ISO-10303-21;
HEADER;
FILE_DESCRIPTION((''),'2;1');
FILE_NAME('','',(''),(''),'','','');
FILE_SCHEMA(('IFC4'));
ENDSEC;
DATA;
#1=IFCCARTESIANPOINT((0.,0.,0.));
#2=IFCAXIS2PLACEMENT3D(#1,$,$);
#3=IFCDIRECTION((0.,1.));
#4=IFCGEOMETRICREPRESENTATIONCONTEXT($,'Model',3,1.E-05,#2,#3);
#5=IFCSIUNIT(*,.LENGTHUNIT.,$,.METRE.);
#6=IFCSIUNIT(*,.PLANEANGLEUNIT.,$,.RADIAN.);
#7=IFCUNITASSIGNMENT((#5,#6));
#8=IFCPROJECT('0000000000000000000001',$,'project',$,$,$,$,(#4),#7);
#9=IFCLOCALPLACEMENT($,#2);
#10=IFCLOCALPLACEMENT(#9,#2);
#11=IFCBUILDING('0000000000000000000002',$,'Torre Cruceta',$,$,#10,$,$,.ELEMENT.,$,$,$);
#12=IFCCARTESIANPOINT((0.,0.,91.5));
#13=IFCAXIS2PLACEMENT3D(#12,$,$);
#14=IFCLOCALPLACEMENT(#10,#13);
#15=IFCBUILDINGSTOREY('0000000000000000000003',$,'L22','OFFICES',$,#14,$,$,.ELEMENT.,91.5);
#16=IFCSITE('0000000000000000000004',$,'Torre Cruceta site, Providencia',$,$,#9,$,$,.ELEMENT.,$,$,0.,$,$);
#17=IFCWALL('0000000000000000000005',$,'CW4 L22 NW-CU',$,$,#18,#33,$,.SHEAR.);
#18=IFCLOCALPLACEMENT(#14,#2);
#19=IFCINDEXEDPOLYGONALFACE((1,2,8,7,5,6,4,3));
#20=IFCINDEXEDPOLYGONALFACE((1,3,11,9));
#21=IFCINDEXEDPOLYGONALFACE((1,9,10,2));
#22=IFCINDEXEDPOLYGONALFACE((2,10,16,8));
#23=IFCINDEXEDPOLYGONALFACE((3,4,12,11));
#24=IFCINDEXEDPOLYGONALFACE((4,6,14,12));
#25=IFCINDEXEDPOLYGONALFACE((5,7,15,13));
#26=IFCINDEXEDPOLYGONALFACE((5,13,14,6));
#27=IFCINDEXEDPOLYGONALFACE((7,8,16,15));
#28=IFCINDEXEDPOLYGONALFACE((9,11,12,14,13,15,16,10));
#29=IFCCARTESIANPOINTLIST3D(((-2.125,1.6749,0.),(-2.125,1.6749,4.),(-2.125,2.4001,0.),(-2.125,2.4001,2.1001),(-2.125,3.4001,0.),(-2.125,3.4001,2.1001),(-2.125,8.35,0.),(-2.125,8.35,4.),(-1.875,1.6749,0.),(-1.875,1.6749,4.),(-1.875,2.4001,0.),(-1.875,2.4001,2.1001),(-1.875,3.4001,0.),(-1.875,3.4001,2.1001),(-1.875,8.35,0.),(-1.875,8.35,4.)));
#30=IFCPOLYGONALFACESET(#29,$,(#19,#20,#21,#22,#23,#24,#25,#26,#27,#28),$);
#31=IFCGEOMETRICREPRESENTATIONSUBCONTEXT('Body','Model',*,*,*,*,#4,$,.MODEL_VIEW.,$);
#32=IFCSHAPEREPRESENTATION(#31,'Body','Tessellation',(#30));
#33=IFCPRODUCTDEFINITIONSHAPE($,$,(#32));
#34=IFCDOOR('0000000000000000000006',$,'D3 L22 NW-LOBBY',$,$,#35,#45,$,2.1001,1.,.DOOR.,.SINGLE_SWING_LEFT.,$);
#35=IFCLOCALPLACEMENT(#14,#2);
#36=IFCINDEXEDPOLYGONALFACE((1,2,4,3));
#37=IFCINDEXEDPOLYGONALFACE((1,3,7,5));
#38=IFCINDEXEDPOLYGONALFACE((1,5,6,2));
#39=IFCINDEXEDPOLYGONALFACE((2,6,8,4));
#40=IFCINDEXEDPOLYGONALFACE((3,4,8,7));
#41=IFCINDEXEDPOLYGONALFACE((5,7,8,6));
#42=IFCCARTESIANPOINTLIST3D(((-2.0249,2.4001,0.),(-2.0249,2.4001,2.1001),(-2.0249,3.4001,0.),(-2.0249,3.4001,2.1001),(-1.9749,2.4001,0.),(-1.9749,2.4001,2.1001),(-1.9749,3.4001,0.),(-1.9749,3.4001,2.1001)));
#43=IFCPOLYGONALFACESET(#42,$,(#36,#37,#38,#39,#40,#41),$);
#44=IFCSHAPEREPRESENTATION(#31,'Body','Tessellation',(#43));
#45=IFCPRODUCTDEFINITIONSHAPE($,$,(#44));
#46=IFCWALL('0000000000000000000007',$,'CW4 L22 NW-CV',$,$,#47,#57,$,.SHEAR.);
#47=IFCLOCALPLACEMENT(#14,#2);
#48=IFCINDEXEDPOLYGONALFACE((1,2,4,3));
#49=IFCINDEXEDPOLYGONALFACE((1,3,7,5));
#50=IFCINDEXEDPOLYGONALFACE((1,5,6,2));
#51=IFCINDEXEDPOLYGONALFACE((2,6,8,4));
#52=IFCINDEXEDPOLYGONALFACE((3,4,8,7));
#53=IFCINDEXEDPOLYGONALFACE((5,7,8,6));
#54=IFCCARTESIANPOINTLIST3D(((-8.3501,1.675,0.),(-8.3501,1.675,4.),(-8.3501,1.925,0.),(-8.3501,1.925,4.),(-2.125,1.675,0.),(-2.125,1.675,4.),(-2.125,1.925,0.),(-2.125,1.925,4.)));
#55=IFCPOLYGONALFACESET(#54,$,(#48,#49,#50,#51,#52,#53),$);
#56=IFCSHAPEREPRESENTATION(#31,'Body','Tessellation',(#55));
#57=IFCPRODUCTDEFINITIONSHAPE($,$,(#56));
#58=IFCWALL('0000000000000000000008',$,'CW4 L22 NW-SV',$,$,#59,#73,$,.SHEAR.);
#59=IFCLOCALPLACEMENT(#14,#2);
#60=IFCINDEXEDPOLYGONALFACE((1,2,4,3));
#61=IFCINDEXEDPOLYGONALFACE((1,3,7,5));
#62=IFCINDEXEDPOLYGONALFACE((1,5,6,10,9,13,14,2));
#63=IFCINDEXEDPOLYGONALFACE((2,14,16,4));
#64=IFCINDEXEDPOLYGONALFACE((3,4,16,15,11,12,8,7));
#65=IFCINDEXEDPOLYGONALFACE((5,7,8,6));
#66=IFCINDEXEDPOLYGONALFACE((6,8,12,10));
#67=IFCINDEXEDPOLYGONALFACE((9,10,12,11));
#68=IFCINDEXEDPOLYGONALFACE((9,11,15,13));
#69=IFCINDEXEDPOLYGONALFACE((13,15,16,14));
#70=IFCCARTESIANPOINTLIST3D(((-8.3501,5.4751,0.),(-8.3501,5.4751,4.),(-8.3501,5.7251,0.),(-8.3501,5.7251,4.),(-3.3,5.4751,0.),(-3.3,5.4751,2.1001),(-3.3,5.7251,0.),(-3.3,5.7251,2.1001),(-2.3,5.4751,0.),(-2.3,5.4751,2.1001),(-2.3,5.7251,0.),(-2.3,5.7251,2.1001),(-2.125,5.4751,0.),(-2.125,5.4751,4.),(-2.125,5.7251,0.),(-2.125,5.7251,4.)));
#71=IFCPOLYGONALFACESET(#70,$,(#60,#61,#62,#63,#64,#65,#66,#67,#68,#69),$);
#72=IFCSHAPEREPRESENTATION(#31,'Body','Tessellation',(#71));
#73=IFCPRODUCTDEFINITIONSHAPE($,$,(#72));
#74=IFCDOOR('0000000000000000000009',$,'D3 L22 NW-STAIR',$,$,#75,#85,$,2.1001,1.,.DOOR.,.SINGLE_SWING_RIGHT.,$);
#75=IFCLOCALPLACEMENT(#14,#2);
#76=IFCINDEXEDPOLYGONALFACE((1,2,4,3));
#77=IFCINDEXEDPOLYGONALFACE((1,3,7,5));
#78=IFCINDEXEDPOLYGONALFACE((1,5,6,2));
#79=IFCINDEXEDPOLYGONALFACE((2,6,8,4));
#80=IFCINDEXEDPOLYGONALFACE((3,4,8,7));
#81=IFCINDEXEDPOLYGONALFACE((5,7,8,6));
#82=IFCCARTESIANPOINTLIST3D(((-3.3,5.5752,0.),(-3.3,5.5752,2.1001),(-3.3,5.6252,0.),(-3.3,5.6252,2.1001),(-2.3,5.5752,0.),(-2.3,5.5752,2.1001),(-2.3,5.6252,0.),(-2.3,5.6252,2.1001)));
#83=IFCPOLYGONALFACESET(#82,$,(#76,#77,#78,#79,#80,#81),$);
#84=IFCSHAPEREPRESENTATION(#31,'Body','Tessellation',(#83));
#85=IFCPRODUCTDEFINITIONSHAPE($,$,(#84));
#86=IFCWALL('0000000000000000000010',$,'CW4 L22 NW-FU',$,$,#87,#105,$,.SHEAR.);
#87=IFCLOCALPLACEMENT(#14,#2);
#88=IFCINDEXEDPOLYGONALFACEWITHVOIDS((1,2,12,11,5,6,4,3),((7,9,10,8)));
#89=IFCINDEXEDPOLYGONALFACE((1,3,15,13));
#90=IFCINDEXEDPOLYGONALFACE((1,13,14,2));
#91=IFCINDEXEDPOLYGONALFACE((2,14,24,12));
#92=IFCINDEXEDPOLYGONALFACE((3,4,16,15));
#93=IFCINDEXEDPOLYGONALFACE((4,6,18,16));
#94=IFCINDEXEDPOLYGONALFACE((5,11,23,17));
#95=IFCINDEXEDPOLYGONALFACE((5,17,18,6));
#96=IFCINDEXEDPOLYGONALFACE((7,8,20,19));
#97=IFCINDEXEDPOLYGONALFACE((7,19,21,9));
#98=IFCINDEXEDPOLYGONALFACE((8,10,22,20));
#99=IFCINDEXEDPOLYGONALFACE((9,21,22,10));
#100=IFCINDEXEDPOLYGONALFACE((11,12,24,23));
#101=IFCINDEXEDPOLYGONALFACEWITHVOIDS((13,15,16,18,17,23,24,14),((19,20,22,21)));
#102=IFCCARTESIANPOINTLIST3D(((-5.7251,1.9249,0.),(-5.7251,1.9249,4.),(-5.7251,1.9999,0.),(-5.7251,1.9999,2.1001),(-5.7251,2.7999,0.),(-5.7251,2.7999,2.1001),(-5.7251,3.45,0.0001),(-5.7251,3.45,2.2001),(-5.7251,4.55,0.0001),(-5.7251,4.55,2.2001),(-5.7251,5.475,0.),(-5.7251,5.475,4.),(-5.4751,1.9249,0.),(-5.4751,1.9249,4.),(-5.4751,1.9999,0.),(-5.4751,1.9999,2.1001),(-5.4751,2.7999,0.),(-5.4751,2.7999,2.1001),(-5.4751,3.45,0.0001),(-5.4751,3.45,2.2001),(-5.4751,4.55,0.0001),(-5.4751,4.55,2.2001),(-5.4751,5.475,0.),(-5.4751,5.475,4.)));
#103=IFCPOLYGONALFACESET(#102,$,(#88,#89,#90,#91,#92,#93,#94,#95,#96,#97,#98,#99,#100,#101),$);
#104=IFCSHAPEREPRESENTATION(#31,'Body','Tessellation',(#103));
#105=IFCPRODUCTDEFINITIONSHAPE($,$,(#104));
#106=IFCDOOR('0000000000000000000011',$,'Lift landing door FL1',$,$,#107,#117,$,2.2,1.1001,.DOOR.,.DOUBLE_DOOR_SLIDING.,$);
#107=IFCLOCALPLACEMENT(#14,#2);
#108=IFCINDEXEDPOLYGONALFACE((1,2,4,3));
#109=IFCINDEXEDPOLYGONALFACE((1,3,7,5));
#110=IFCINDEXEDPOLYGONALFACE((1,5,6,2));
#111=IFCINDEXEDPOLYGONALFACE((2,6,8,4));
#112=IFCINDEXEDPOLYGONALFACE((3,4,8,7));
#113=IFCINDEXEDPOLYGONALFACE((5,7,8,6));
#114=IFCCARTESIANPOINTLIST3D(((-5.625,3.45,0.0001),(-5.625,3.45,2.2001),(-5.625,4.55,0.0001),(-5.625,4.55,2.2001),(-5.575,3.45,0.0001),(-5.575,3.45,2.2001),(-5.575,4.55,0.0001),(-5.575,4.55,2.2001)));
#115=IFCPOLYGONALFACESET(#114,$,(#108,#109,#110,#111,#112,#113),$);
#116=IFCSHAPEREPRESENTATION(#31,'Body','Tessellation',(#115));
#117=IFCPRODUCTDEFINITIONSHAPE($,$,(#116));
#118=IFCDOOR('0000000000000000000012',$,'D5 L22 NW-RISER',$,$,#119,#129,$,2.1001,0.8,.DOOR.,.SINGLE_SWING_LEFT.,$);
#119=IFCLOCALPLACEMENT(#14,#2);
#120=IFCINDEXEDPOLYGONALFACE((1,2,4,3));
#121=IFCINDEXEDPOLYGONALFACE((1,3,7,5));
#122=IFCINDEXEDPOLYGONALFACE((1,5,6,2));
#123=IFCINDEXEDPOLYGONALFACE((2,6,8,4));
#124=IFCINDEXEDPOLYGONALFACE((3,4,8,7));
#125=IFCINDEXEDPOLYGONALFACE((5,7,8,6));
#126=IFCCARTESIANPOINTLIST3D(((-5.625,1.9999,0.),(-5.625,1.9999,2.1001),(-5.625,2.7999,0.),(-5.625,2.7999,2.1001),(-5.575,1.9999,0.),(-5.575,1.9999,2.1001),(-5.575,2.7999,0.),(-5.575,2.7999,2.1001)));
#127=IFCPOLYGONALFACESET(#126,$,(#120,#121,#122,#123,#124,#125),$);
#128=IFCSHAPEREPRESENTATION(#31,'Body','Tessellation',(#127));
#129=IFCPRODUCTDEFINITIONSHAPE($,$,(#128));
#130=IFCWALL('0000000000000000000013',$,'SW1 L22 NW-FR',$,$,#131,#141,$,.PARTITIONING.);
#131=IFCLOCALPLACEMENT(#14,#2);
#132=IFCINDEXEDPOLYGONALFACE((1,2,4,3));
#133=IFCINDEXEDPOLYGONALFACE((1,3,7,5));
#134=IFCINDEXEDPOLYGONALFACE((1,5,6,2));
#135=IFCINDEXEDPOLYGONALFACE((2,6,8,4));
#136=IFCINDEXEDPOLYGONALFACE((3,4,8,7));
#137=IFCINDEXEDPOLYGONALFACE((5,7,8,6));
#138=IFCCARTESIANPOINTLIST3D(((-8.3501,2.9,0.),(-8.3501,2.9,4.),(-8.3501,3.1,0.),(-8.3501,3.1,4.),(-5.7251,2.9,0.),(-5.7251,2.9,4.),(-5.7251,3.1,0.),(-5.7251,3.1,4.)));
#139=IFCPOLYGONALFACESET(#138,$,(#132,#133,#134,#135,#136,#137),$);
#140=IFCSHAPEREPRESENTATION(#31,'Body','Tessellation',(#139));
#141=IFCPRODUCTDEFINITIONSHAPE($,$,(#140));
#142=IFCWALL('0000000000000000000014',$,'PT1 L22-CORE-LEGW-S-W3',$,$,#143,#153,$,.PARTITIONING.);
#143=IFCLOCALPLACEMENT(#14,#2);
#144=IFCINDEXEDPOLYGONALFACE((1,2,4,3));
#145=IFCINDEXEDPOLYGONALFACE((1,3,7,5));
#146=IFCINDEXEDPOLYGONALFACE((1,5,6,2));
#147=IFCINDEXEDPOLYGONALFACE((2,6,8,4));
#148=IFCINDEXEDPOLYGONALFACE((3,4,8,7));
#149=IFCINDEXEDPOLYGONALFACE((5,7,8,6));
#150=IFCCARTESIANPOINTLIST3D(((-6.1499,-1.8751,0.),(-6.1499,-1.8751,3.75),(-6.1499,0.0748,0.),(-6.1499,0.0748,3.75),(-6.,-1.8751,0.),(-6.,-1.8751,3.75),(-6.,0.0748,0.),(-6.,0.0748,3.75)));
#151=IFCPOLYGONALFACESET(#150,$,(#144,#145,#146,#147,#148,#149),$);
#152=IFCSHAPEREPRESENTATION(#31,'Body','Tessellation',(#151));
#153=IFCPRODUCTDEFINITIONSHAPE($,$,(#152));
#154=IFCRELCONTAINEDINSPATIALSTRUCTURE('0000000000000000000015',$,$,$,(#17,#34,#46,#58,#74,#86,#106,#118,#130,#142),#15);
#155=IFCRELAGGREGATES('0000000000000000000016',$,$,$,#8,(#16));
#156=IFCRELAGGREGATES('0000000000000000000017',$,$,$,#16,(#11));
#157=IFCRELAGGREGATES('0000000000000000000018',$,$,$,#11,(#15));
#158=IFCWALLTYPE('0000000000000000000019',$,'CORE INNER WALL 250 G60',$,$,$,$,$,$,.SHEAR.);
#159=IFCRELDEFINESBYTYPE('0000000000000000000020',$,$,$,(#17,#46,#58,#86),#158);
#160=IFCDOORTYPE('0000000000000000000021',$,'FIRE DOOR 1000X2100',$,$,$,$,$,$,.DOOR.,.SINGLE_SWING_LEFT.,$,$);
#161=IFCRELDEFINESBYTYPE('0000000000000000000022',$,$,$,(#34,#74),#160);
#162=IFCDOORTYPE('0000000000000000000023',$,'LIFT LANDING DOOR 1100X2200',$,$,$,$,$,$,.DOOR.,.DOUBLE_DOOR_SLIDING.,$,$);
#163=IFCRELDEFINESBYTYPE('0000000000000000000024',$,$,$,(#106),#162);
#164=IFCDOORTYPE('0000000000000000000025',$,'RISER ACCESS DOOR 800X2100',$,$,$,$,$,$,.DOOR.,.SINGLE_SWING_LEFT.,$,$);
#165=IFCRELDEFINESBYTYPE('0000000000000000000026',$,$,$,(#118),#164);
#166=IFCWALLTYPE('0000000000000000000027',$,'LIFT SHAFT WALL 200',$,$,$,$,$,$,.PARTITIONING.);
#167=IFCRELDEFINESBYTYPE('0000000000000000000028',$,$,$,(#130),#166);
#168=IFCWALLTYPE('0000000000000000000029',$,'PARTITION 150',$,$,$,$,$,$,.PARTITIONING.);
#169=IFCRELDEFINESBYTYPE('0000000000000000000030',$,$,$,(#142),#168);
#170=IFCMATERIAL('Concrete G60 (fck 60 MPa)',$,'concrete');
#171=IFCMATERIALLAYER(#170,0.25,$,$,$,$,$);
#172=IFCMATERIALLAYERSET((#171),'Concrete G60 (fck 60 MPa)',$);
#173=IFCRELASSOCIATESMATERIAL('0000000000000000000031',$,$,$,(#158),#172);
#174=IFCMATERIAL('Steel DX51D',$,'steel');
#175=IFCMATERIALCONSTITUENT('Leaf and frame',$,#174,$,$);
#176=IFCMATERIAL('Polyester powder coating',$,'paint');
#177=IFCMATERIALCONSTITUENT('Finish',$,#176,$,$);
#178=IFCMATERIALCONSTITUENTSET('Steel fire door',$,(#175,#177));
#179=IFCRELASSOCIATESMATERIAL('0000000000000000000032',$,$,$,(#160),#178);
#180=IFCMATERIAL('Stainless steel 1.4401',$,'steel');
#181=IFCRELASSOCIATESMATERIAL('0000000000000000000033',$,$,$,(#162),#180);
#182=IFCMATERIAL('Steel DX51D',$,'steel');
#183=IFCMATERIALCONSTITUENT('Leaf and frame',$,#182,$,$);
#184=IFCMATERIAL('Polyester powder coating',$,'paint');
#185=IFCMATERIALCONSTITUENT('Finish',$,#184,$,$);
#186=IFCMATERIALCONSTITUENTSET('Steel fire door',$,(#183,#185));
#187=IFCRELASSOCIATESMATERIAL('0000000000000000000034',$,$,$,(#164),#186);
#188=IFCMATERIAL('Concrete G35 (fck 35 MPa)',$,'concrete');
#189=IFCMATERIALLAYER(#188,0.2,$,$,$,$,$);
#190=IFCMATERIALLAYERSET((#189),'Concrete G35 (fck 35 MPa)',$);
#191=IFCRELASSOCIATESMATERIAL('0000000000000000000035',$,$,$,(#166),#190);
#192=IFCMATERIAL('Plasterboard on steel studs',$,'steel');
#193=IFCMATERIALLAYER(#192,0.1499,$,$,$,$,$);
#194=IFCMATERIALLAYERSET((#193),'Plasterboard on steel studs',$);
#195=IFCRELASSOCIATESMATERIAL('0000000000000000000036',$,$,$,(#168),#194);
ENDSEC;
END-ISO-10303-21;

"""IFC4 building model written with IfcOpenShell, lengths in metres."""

from ifc_helpers import new_model, si_unit, direction, frame, frame_2d, origin, place, context, subcontext, project, spatial, rectangle, extrude, material, layer, layer_set, constituent, constituent_set, type_object, element, fill, save


model = new_model("IFC4")

# Units and contexts
model_context = context("Model", 3, precision=1e-05, world=origin(), true_north=direction((0.0, 1.0)))
body_context = subcontext(model_context, "Body", "Model", "MODEL_VIEW")
ifc_project = project(units=[si_unit("LENGTHUNIT", "METRE"), si_unit("PLANEANGLEUNIT", "RADIAN")], contexts=[model_context])

# Site, building, storey
site_placement = place(None, origin())
site = spatial("IfcSite", under=ifc_project, at=site_placement, Name="Torre Cruceta site, Providencia", CompositionType="ELEMENT", RefElevation=0.0)
building_placement = place(site_placement, origin())
building = spatial("IfcBuilding", under=site, at=building_placement, Name="Torre Cruceta", CompositionType="ELEMENT")
storey_placement = place(building_placement, frame((0.0, 0.0, 91.5)))
storey = spatial("IfcBuildingStorey", under=building, at=storey_placement, Name="L22", Description="OFFICES", CompositionType="ELEMENT", Elevation=91.5)

# Wall, opening, door
ifc_material_1 = material(Name="Concrete G60 (fck 60 MPa)", Category="concrete")
ifc_layer_1 = layer(ifc_material_1, 0.25)
ifc_layer_set_1 = layer_set([ifc_layer_1], Name="Concrete G60 (fck 60 MPa)")
wall_type_1 = type_object("IfcWallType", Name="CORE INNER WALL 250 G60", PredefinedType="SHEAR", material=ifc_layer_set_1)
wall_1_placement = place(storey_placement, frame((-2.0, 1.675, 0.0), z_axis=(0.0, 0.0, 1.0), x_axis=(0.0, 1.0, 0.0)))
wall_1 = element("IfcWall", 1, at=wall_1_placement, inside=storey, type_object=wall_type_1, Name="CW4 L22 NW-CU", PredefinedType="SHEAR", context=body_context, shape_type="SweptSolid", body=[
    extrude(rectangle(XDim=6.675, YDim=0.25, at=frame_2d((3.3374, 0.0))), origin(), (0.0, 0.0, 1.0), 4.0),
])
opening_1_placement = place(wall_1_placement, frame((0.7251, 0.0, 0.0)))
opening_1 = element("IfcOpeningElement", 2, at=opening_1_placement, cuts=wall_1, PredefinedType="OPENING", context=body_context, shape_type="SweptSolid", body=[
    extrude(rectangle(XDim=1.0, YDim=2.1001, at=frame_2d((0.5, 1.05))), frame((0.0, 0.135, 0.0), z_axis=(0.0, -1.0, 0.0), x_axis=(1.0, 0.0, 0.0)), (0.0, 0.0, 1.0), 0.27),
])
ifc_material_2 = material(Name="Steel DX51D", Category="steel")
ifc_constituent_1 = constituent(ifc_material_2, Name="Leaf and frame")
ifc_material_3 = material(Name="Polyester powder coating", Category="paint")
ifc_constituent_2 = constituent(ifc_material_3, Name="Finish")
ifc_constituent_set_1 = constituent_set(constituents=[ifc_constituent_1, ifc_constituent_2], Name="Steel fire door")
door_type_1 = type_object("IfcDoorType", Name="FIRE DOOR 1000X2100", OperationType="SINGLE_SWING_LEFT", PredefinedType="DOOR", material=ifc_constituent_set_1)
door_1_placement = place(opening_1_placement, origin())
door_1 = element("IfcDoor", 3, at=door_1_placement, inside=storey, type_object=door_type_1, Name="D3 L22 NW-LOBBY", OperationType="SINGLE_SWING_LEFT", OverallHeight=2.1001, OverallWidth=1.0, PredefinedType="DOOR", context=body_context, shape_type="SweptSolid", body=[
    extrude(rectangle(XDim=1.0, YDim=2.1001, at=frame_2d((0.5, 1.05))), frame((0.0, 0.0249, 0.0), z_axis=(0.0, -1.0, 0.0), x_axis=(1.0, 0.0, 0.0)), (0.0, 0.0, 1.0), 0.05),
])
fill(opening_1, door_1)

# Wall
wall_2_placement = place(storey_placement, frame((-2.125, 1.8, 0.0), z_axis=(0.0, 0.0, 1.0), x_axis=(-1.0, 0.0, 0.0)))
element("IfcWall", 4, at=wall_2_placement, inside=storey, type_object=wall_type_1, Name="CW4 L22 NW-CV", PredefinedType="SHEAR", context=body_context, shape_type="SweptSolid", body=[
    extrude(rectangle(XDim=6.2251, YDim=0.25, at=frame_2d((3.1125, 0.0))), origin(), (0.0, 0.0, 1.0), 4.0),
])

# Wall, opening, door
wall_3_placement = place(storey_placement, frame((-2.125, 5.6001, 0.0), z_axis=(0.0, 0.0, 1.0), x_axis=(-1.0, 0.0, 0.0)))
wall_3 = element("IfcWall", 5, at=wall_3_placement, inside=storey, type_object=wall_type_1, Name="CW4 L22 NW-SV", PredefinedType="SHEAR", context=body_context, shape_type="SweptSolid", body=[
    extrude(rectangle(XDim=6.2251, YDim=0.25, at=frame_2d((3.1125, 0.0))), origin(), (0.0, 0.0, 1.0), 4.0),
])
opening_2_placement = place(wall_3_placement, frame((0.175, 0.0, 0.0)))
opening_2 = element("IfcOpeningElement", 6, at=opening_2_placement, cuts=wall_3, PredefinedType="OPENING", context=body_context, shape_type="SweptSolid", body=[
    extrude(rectangle(XDim=1.0, YDim=2.1001, at=frame_2d((0.5, 1.05))), frame((0.0, 0.135, 0.0), z_axis=(0.0, -1.0, 0.0), x_axis=(1.0, 0.0, 0.0)), (0.0, 0.0, 1.0), 0.27),
])
door_2_placement = place(opening_2_placement, frame((1.0, 0.0, 0.0), z_axis=(0.0, 0.0, 1.0), x_axis=(-1.0, 0.0, 0.0)))
door_2 = element("IfcDoor", 7, at=door_2_placement, inside=storey, type_object=door_type_1, Name="D3 L22 NW-STAIR", OperationType="SINGLE_SWING_RIGHT", OverallHeight=2.1001, OverallWidth=1.0, PredefinedType="DOOR", context=body_context, shape_type="SweptSolid", body=[
    extrude(rectangle(XDim=1.0, YDim=2.1001, at=frame_2d((0.5, 1.05))), frame((0.0, 0.0251, 0.0), z_axis=(0.0, -1.0, 0.0), x_axis=(1.0, 0.0, 0.0)), (0.0, 0.0, 1.0), 0.05),
])
fill(opening_2, door_2)

# Wall, openings, doors
wall_4_placement = place(storey_placement, frame((-5.6001, 1.925, 0.0), z_axis=(0.0, 0.0, 1.0), x_axis=(0.0, 1.0, 0.0)))
wall_4 = element("IfcWall", 8, at=wall_4_placement, inside=storey, type_object=wall_type_1, Name="CW4 L22 NW-FU", PredefinedType="SHEAR", context=body_context, shape_type="SweptSolid", body=[
    extrude(rectangle(XDim=3.55, YDim=0.25, at=frame_2d((1.7749, 0.0))), origin(), (0.0, 0.0, 1.0), 4.0),
])
opening_3_placement = place(wall_4_placement, frame((1.5249, 0.0, 0.0)))
opening_3 = element("IfcOpeningElement", 9, at=opening_3_placement, cuts=wall_4, PredefinedType="OPENING", context=body_context, shape_type="SweptSolid", body=[
    extrude(rectangle(XDim=1.1001, YDim=2.2, at=frame_2d((0.55, 1.1001))), frame((0.0, 0.135, 0.0), z_axis=(0.0, -1.0, 0.0), x_axis=(1.0, 0.0, 0.0)), (0.0, 0.0, 1.0), 0.27),
])
opening_4_placement = place(wall_4_placement, frame((0.075, 0.0, 0.0)))
opening_4 = element("IfcOpeningElement", 10, at=opening_4_placement, cuts=wall_4, PredefinedType="OPENING", context=body_context, shape_type="SweptSolid", body=[
    extrude(rectangle(XDim=0.8, YDim=2.1001, at=frame_2d((0.3999, 1.05))), frame((0.0, 0.135, 0.0), z_axis=(0.0, -1.0, 0.0), x_axis=(1.0, 0.0, 0.0)), (0.0, 0.0, 1.0), 0.27),
])
ifc_material_4 = material(Name="Stainless steel 1.4401", Category="steel")
door_type_2 = type_object("IfcDoorType", Name="LIFT LANDING DOOR 1100X2200", OperationType="DOUBLE_DOOR_SLIDING", PredefinedType="DOOR", material=ifc_material_4)
door_3_placement = place(opening_3_placement, origin())
door_3 = element("IfcDoor", 11, at=door_3_placement, inside=storey, type_object=door_type_2, Name="Lift landing door FL1", OperationType="DOUBLE_DOOR_SLIDING", OverallHeight=2.2, OverallWidth=1.1001, PredefinedType="DOOR", context=body_context, shape_type="SweptSolid", body=[
    extrude(rectangle(XDim=1.1001, YDim=2.2, at=frame_2d((0.55, 1.1001))), frame((0.0, 0.0249, 0.0), z_axis=(0.0, -1.0, 0.0), x_axis=(1.0, 0.0, 0.0)), (0.0, 0.0, 1.0), 0.05),
])
fill(opening_3, door_3)
ifc_material_5 = material(Name="Steel DX51D", Category="steel")
ifc_constituent_3 = constituent(ifc_material_5, Name="Leaf and frame")
ifc_material_6 = material(Name="Polyester powder coating", Category="paint")
ifc_constituent_4 = constituent(ifc_material_6, Name="Finish")
ifc_constituent_set_2 = constituent_set(constituents=[ifc_constituent_3, ifc_constituent_4], Name="Steel fire door")
door_type_3 = type_object("IfcDoorType", Name="RISER ACCESS DOOR 800X2100", OperationType="SINGLE_SWING_LEFT", PredefinedType="DOOR", material=ifc_constituent_set_2)
door_4_placement = place(opening_4_placement, origin())
door_4 = element("IfcDoor", 12, at=door_4_placement, inside=storey, type_object=door_type_3, Name="D5 L22 NW-RISER", OperationType="SINGLE_SWING_LEFT", OverallHeight=2.1001, OverallWidth=0.8, PredefinedType="DOOR", context=body_context, shape_type="SweptSolid", body=[
    extrude(rectangle(XDim=0.8, YDim=2.1001, at=frame_2d((0.3999, 1.05))), frame((0.0, 0.0249, 0.0), z_axis=(0.0, -1.0, 0.0), x_axis=(1.0, 0.0, 0.0)), (0.0, 0.0, 1.0), 0.05),
])
fill(opening_4, door_4)

# Walls
ifc_material_7 = material(Name="Concrete G35 (fck 35 MPa)", Category="concrete")
ifc_layer_2 = layer(ifc_material_7, 0.2)
ifc_layer_set_2 = layer_set([ifc_layer_2], Name="Concrete G35 (fck 35 MPa)")
wall_type_2 = type_object("IfcWallType", Name="LIFT SHAFT WALL 200", PredefinedType="PARTITIONING", material=ifc_layer_set_2)
wall_5_placement = place(storey_placement, frame((-5.7251, 3.0, 0.0), z_axis=(0.0, 0.0, 1.0), x_axis=(-1.0, 0.0, 0.0)))
element("IfcWall", 13, at=wall_5_placement, inside=storey, type_object=wall_type_2, Name="SW1 L22 NW-FR", PredefinedType="PARTITIONING", context=body_context, shape_type="SweptSolid", body=[
    extrude(rectangle(XDim=2.625, YDim=0.2, at=frame_2d((1.3125, 0.0))), origin(), (0.0, 0.0, 1.0), 4.0),
])
ifc_material_8 = material(Name="Plasterboard on steel studs", Category="steel")
ifc_layer_3 = layer(ifc_material_8, 0.1499)
ifc_layer_set_3 = layer_set([ifc_layer_3], Name="Plasterboard on steel studs")
wall_type_3 = type_object("IfcWallType", Name="PARTITION 150", PredefinedType="PARTITIONING", material=ifc_layer_set_3)
wall_6_placement = place(storey_placement, frame((-6.075, 0.075, 0.0), z_axis=(0.0, 0.0, 1.0), x_axis=(0.0, -1.0, 0.0)))
element("IfcWall", 14, at=wall_6_placement, inside=storey, type_object=wall_type_3, Name="PT1 L22-CORE-LEGW-S-W3", PredefinedType="PARTITIONING", context=body_context, shape_type="SweptSolid", body=[
    extrude(rectangle(XDim=1.95, YDim=0.1499, at=frame_2d((0.9751, 0.0))), origin(), (0.0, 0.0, 1.0), 3.75),
])

save(model, "model.ifc")
